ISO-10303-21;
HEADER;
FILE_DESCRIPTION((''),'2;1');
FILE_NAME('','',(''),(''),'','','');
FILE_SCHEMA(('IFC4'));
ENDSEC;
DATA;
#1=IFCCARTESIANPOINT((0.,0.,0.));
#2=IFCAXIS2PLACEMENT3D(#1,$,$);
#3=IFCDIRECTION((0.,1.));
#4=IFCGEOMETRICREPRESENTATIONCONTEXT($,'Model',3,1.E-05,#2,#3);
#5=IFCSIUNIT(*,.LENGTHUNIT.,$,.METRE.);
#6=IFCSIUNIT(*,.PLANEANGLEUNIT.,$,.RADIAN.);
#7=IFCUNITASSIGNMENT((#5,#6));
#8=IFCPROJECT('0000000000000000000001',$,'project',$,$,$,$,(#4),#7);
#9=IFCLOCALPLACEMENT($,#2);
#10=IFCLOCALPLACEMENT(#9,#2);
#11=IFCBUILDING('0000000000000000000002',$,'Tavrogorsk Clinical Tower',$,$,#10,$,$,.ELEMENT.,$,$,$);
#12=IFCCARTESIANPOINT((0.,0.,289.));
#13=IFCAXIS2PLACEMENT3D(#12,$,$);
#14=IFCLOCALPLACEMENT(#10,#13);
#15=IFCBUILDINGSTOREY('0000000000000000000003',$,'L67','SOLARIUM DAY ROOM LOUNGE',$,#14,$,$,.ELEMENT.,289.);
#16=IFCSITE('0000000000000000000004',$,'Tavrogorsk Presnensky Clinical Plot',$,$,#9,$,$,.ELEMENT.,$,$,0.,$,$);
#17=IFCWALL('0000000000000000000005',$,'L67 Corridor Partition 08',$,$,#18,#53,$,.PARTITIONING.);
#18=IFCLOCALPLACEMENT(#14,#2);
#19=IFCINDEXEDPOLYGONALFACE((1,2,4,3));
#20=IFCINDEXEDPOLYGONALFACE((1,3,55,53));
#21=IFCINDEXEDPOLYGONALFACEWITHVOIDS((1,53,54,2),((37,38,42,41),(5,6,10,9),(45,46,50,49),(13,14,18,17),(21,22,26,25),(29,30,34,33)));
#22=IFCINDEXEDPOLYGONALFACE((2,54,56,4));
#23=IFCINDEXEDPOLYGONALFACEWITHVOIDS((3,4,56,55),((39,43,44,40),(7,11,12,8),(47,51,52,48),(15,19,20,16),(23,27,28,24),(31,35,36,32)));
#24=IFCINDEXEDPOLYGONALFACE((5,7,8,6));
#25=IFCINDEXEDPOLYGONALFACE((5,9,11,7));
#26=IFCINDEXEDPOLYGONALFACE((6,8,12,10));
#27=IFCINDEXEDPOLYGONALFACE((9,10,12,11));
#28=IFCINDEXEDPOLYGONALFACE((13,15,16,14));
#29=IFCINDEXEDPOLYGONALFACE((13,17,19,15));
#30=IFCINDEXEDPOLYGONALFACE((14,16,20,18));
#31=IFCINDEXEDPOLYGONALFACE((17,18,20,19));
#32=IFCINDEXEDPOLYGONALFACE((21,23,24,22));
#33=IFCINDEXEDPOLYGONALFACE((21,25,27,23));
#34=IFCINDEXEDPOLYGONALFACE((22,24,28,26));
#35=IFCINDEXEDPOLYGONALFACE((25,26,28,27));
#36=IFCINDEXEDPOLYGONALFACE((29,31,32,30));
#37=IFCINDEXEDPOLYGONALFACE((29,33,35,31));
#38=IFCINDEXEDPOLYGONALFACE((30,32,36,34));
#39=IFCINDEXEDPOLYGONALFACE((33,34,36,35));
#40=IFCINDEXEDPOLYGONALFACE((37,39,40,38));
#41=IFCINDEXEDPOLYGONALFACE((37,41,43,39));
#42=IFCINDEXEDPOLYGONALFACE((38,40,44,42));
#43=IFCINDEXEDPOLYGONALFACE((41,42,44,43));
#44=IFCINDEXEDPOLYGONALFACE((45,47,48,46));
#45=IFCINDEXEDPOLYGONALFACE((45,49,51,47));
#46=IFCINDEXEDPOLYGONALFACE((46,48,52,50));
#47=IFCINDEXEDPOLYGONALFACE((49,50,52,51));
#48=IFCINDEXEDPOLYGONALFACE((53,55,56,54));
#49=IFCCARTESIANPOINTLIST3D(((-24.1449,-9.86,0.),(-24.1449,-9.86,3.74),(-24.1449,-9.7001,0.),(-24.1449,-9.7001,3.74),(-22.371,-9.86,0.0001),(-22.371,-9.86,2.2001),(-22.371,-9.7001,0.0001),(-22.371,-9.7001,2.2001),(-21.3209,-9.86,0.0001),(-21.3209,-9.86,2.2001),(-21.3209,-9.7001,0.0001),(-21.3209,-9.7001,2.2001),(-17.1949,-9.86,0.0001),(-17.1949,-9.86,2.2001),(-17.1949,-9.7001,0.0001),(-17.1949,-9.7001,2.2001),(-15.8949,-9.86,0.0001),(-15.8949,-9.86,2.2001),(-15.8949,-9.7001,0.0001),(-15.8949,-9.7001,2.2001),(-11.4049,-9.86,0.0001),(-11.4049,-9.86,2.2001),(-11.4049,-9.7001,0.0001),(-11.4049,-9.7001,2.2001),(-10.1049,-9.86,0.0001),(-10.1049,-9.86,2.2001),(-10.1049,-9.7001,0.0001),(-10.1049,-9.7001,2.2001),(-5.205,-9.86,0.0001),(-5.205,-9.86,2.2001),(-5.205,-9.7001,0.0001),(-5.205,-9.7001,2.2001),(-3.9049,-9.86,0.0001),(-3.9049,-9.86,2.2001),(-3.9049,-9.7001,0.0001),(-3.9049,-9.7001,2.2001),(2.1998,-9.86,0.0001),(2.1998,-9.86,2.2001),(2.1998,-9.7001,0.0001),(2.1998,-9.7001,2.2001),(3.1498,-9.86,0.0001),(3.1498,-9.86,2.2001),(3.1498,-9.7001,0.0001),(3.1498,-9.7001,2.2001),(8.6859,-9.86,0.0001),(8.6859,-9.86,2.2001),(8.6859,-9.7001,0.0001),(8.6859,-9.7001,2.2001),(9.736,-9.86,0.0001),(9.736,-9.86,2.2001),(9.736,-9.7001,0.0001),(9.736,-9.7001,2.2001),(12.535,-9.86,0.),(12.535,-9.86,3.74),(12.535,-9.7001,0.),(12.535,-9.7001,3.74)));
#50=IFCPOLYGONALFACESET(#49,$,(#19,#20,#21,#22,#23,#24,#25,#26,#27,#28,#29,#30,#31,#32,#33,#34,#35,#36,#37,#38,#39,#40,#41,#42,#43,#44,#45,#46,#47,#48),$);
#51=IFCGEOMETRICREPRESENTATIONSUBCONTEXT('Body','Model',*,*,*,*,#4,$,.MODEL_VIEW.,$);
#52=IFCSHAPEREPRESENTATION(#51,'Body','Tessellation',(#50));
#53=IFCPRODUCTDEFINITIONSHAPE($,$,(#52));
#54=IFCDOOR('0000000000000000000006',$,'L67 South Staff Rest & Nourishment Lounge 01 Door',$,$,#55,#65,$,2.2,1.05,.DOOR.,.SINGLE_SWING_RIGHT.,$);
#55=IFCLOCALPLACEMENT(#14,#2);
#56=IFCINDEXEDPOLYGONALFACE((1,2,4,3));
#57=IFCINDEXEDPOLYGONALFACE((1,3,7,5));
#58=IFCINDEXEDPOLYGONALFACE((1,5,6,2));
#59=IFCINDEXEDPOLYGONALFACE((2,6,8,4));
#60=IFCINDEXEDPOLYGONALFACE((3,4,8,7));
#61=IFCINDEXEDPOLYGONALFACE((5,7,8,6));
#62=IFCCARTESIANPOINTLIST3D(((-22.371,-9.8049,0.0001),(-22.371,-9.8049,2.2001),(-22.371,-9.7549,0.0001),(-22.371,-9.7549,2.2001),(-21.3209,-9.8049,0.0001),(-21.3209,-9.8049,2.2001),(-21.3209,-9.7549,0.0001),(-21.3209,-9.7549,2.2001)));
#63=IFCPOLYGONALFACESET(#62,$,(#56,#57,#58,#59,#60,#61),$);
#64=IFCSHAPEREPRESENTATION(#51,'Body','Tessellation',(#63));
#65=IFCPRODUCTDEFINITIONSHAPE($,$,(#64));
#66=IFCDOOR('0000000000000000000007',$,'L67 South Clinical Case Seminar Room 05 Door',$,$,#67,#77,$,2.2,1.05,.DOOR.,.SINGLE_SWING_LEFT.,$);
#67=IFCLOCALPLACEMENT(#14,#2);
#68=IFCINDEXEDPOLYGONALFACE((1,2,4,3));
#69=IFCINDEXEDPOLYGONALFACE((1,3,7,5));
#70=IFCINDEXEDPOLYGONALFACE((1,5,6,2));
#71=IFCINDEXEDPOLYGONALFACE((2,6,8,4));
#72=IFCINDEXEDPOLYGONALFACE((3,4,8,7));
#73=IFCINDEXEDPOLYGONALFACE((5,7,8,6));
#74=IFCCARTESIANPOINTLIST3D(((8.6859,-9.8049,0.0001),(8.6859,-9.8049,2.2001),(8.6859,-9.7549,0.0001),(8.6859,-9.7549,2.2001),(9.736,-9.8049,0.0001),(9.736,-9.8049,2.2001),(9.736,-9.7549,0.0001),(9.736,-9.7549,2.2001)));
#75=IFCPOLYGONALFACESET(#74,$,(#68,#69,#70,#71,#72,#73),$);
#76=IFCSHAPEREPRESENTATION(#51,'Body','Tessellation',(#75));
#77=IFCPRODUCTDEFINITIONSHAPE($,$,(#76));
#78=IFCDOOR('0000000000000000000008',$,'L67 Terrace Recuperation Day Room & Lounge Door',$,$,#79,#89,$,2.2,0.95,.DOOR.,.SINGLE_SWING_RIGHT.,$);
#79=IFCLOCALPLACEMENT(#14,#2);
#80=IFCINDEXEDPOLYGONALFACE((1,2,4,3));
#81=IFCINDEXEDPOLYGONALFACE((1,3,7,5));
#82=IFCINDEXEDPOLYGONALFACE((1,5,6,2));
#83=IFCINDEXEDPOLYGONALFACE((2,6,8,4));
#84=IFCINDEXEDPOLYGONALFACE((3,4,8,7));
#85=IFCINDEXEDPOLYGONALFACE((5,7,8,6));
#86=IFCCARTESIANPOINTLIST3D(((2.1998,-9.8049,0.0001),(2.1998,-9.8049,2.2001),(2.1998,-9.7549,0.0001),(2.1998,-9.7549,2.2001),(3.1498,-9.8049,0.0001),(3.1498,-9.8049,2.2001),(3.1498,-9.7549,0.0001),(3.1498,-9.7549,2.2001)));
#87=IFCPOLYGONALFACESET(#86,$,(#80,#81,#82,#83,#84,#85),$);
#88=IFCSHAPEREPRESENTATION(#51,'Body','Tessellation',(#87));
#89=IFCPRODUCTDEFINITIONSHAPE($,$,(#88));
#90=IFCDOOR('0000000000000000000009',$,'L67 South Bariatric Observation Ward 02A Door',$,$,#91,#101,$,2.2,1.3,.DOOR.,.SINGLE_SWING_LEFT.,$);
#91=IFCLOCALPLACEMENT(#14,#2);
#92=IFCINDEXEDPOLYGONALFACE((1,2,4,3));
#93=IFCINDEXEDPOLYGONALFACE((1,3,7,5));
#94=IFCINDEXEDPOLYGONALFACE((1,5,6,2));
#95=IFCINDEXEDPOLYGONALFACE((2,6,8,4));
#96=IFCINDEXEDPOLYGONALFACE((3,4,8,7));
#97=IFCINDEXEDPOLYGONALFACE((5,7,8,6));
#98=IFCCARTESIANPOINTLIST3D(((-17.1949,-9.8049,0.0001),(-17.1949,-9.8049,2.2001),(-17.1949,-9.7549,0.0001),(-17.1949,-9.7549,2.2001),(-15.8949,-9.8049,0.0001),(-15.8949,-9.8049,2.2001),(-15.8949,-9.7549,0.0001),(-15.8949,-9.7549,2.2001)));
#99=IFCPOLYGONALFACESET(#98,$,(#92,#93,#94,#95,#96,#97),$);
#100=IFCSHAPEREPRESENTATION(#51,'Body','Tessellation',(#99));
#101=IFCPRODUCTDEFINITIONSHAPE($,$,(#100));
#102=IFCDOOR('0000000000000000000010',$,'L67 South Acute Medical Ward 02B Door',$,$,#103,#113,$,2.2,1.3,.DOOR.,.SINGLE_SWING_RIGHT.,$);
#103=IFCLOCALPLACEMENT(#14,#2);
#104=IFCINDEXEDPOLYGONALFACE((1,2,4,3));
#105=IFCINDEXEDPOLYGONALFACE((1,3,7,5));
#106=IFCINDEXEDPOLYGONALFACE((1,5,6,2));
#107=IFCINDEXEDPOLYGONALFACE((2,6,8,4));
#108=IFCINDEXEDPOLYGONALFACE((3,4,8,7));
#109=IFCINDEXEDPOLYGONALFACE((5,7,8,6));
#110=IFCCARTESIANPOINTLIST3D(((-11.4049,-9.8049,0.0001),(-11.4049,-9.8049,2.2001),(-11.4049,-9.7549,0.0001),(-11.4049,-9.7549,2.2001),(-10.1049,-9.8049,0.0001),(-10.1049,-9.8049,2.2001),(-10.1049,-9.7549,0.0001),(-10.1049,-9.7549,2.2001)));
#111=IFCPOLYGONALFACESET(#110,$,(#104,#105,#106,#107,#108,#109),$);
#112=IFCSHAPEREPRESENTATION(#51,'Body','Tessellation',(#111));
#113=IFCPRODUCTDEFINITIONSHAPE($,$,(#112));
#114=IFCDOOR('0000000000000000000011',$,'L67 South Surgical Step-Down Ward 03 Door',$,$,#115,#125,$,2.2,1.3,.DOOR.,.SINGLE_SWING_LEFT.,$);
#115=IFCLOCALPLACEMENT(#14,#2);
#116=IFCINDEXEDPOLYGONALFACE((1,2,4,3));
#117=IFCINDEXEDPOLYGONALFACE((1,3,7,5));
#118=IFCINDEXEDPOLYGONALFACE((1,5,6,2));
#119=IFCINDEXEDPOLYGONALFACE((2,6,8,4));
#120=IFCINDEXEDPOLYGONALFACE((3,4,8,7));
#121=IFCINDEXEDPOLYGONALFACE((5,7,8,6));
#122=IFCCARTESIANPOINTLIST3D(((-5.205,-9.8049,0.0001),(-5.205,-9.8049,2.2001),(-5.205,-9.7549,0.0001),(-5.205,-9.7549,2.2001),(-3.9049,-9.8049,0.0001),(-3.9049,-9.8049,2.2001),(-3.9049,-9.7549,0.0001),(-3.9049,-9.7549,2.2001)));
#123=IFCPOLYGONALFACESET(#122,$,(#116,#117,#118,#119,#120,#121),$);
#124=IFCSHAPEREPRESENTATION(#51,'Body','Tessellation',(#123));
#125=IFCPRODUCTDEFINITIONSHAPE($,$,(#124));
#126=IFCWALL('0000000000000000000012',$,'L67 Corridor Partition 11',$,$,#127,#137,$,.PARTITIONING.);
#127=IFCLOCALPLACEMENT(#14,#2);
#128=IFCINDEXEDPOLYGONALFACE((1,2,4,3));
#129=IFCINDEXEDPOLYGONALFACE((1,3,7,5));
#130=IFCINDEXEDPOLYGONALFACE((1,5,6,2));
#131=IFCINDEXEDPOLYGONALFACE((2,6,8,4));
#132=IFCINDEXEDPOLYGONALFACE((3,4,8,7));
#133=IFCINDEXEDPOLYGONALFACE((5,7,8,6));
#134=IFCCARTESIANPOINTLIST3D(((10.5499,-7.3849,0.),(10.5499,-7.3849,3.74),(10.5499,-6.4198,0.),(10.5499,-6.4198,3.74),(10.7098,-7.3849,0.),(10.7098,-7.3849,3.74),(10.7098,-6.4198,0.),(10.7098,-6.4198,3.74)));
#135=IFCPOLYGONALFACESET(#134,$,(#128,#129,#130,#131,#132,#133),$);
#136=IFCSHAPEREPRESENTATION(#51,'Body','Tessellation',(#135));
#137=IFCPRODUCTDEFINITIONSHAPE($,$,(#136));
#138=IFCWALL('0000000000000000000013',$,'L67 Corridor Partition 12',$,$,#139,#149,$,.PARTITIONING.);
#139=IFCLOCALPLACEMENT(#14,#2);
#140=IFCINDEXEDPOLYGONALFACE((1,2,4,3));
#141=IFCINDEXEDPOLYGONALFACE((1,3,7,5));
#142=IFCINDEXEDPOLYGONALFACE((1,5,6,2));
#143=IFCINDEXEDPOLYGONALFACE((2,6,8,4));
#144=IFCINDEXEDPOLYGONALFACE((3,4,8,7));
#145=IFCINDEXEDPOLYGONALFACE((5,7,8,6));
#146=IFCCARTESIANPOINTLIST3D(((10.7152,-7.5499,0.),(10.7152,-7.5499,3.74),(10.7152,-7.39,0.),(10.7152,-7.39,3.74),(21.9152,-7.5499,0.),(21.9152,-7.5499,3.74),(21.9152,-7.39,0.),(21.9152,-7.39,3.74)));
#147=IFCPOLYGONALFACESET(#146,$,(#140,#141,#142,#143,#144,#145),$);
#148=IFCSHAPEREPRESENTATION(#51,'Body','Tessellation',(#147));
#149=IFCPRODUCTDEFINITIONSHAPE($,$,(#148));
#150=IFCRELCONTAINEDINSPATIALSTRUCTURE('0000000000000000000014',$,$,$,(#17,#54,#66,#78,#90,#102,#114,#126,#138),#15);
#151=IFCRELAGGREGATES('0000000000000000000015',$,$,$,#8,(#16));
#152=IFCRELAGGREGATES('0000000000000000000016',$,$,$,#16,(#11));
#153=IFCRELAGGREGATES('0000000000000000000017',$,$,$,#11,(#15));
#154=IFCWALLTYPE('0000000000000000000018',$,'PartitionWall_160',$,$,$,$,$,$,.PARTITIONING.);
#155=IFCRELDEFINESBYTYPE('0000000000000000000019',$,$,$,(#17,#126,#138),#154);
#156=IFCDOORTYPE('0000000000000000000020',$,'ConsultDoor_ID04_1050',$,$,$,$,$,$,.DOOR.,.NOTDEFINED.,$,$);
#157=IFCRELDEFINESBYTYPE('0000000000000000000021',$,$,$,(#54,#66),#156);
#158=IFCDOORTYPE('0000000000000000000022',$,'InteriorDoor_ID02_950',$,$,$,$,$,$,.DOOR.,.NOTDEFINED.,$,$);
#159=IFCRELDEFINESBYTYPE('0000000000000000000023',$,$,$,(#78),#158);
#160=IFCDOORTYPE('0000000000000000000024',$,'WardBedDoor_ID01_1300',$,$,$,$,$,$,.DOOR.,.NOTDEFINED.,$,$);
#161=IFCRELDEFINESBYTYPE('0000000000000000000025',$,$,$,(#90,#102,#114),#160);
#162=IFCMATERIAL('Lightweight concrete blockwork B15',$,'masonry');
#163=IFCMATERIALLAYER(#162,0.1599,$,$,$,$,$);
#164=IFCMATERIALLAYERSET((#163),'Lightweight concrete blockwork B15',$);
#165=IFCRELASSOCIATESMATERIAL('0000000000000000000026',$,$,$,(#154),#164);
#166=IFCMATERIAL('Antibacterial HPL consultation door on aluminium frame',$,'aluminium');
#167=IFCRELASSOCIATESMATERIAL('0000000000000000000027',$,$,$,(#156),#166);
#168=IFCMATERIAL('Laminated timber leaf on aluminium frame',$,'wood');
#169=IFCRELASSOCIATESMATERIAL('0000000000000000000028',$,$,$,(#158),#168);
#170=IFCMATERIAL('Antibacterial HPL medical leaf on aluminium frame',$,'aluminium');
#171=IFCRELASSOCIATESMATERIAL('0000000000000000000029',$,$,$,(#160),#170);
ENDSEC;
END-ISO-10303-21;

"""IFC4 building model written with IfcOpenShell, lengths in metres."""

from ifc_helpers import new_model, si_unit, direction, frame, frame_2d, origin, place, context, subcontext, project, spatial, rectangle, extrude, material, layer, layer_set, type_object, element, fill, save


model = new_model("IFC4")

# Units and contexts
model_context = context("Model", 3, precision=1e-05, world=origin(), true_north=direction((0.0, 1.0)))
body_context = subcontext(model_context, "Body", "Model", "MODEL_VIEW")
ifc_project = project(units=[si_unit("LENGTHUNIT", "METRE"), si_unit("PLANEANGLEUNIT", "RADIAN")], contexts=[model_context])

# Site, building, storey
site_placement = place(None, origin())
site = spatial("IfcSite", under=ifc_project, at=site_placement, Name="Tavrogorsk Presnensky Clinical Plot", CompositionType="ELEMENT", RefElevation=0.0)
building_placement = place(site_placement, origin())
building = spatial("IfcBuilding", under=site, at=building_placement, Name="Tavrogorsk Clinical Tower", CompositionType="ELEMENT")
storey_placement = place(building_placement, frame((0.0, 0.0, 289.0)))
storey = spatial("IfcBuildingStorey", under=building, at=storey_placement, Name="L67", Description="SOLARIUM DAY ROOM LOUNGE", CompositionType="ELEMENT", Elevation=289.0)

# Shared definitions
ifc_material_1 = material(Name="Lightweight concrete blockwork B15", Category="masonry")
ifc_layer_1 = layer(ifc_material_1, 0.1599)
ifc_layer_set_1 = layer_set([ifc_layer_1], Name="Lightweight concrete blockwork B15")
wall_type_1 = type_object("IfcWallType", Name="PartitionWall_160", PredefinedType="PARTITIONING", material=ifc_layer_set_1)

# Wall, openings, doors
wall_1_placement = place(storey_placement, frame((12.5349, -9.78, 0.0), z_axis=(0.0, 0.0, 1.0), x_axis=(-1.0, 0.0, 0.0)))
wall_1 = element("IfcWall", 1, at=wall_1_placement, inside=storey, type_object=wall_type_1, Name="L67 Corridor Partition 08", PredefinedType="PARTITIONING", context=body_context, shape_type="SweptSolid", body=[
    extrude(rectangle(XDim=36.6799, YDim=0.1599, at=frame_2d((18.3398, 0.0))), origin(), (0.0, 0.0, 1.0), 3.74),
])
opening_1_placement = place(wall_1_placement, frame((33.856, 0.0, 0.0)))
opening_1 = element("IfcOpeningElement", 2, at=opening_1_placement, cuts=wall_1, PredefinedType="OPENING", context=body_context, shape_type="SweptSolid", body=[
    extrude(rectangle(XDim=1.05, YDim=2.2, at=frame_2d((0.5249, 1.1001))), frame((0.0, 0.0898, 0.0), z_axis=(0.0, -1.0, 0.0), x_axis=(1.0, 0.0, 0.0)), (0.0, 0.0, 1.0), 0.1799),
])
opening_2_placement = place(wall_1_placement, frame((28.4299, 0.0, 0.0)))
opening_2 = element("IfcOpeningElement", 3, at=opening_2_placement, cuts=wall_1, PredefinedType="OPENING", context=body_context, shape_type="SweptSolid", body=[
    extrude(rectangle(XDim=1.3, YDim=2.2, at=frame_2d((0.6499, 1.1001))), frame((0.0, 0.0898, 0.0), z_axis=(0.0, -1.0, 0.0), x_axis=(1.0, 0.0, 0.0)), (0.0, 0.0, 1.0), 0.1799),
])
opening_3_placement = place(wall_1_placement, frame((22.6399, 0.0, 0.0)))
opening_3 = element("IfcOpeningElement", 4, at=opening_3_placement, cuts=wall_1, PredefinedType="OPENING", context=body_context, shape_type="SweptSolid", body=[
    extrude(rectangle(XDim=1.3, YDim=2.2, at=frame_2d((0.6499, 1.1001))), frame((0.0, 0.0898, 0.0), z_axis=(0.0, -1.0, 0.0), x_axis=(1.0, 0.0, 0.0)), (0.0, 0.0, 1.0), 0.1799),
])
opening_4_placement = place(wall_1_placement, frame((16.4399, 0.0, 0.0)))
opening_4 = element("IfcOpeningElement", 5, at=opening_4_placement, cuts=wall_1, PredefinedType="OPENING", context=body_context, shape_type="SweptSolid", body=[
    extrude(rectangle(XDim=1.3, YDim=2.2, at=frame_2d((0.6499, 1.1001))), frame((0.0, 0.0898, 0.0), z_axis=(0.0, -1.0, 0.0), x_axis=(1.0, 0.0, 0.0)), (0.0, 0.0, 1.0), 0.1799),
])
opening_5_placement = place(wall_1_placement, frame((9.385, 0.0, 0.0)))
opening_5 = element("IfcOpeningElement", 6, at=opening_5_placement, cuts=wall_1, PredefinedType="OPENING", context=body_context, shape_type="SweptSolid", body=[
    extrude(rectangle(XDim=0.95, YDim=2.2, at=frame_2d((0.4751, 1.1001))), frame((0.0, 0.0898, 0.0), z_axis=(0.0, -1.0, 0.0), x_axis=(1.0, 0.0, 0.0)), (0.0, 0.0, 1.0), 0.1799),
])
opening_6_placement = place(wall_1_placement, frame((2.7991, 0.0, 0.0)))
opening_6 = element("IfcOpeningElement", 7, at=opening_6_placement, cuts=wall_1, PredefinedType="OPENING", context=body_context, shape_type="SweptSolid", body=[
    extrude(rectangle(XDim=1.05, YDim=2.2, at=frame_2d((0.5249, 1.1001))), frame((0.0, 0.0898, 0.0), z_axis=(0.0, -1.0, 0.0), x_axis=(1.0, 0.0, 0.0)), (0.0, 0.0, 1.0), 0.1799),
])
ifc_material_2 = material(Name="Antibacterial HPL consultation door on aluminium frame", Category="aluminium")
door_type_1 = type_object("IfcDoorType", Name="ConsultDoor_ID04_1050", OperationType="NOTDEFINED", PredefinedType="DOOR", material=ifc_material_2)
door_1_placement = place(opening_1_placement, origin())
door_1 = element("IfcDoor", 8, at=door_1_placement, inside=storey, type_object=door_type_1, Name="L67 South Staff Rest & Nourishment Lounge 01 Door", OperationType="SINGLE_SWING_RIGHT", OverallHeight=2.2, OverallWidth=1.05, PredefinedType="DOOR", context=body_context, shape_type="SweptSolid", body=[
    extrude(rectangle(XDim=1.05, YDim=2.2, at=frame_2d((0.5249, 1.1001))), frame((0.0, 0.0249, 0.0), z_axis=(0.0, -1.0, 0.0), x_axis=(1.0, 0.0, 0.0)), (0.0, 0.0, 1.0), 0.05),
])
fill(opening_1, door_1)
door_2_placement = place(opening_6_placement, origin())
door_2 = element("IfcDoor", 9, at=door_2_placement, inside=storey, type_object=door_type_1, Name="L67 South Clinical Case Seminar Room 05 Door", OperationType="SINGLE_SWING_LEFT", OverallHeight=2.2, OverallWidth=1.05, PredefinedType="DOOR", context=body_context, shape_type="SweptSolid", body=[
    extrude(rectangle(XDim=1.05, YDim=2.2, at=frame_2d((0.5249, 1.1001))), frame((0.0, 0.0249, 0.0), z_axis=(0.0, -1.0, 0.0), x_axis=(1.0, 0.0, 0.0)), (0.0, 0.0, 1.0), 0.05),
])
fill(opening_6, door_2)
ifc_material_3 = material(Name="Laminated timber leaf on aluminium frame", Category="wood")
door_type_2 = type_object("IfcDoorType", Name="InteriorDoor_ID02_950", OperationType="NOTDEFINED", PredefinedType="DOOR", material=ifc_material_3)
door_3_placement = place(opening_5_placement, origin())
door_3 = element("IfcDoor", 10, at=door_3_placement, inside=storey, type_object=door_type_2, Name="L67 Terrace Recuperation Day Room & Lounge Door", OperationType="SINGLE_SWING_RIGHT", OverallHeight=2.2, OverallWidth=0.95, PredefinedType="DOOR", context=body_context, shape_type="SweptSolid", body=[
    extrude(rectangle(XDim=0.95, YDim=2.2, at=frame_2d((0.4751, 1.1001))), frame((0.0, 0.0249, 0.0), z_axis=(0.0, -1.0, 0.0), x_axis=(1.0, 0.0, 0.0)), (0.0, 0.0, 1.0), 0.05),
])
fill(opening_5, door_3)
ifc_material_4 = material(Name="Antibacterial HPL medical leaf on aluminium frame", Category="aluminium")
door_type_3 = type_object("IfcDoorType", Name="WardBedDoor_ID01_1300", OperationType="NOTDEFINED", PredefinedType="DOOR", material=ifc_material_4)
door_4_placement = place(opening_2_placement, origin())
door_4 = element("IfcDoor", 11, at=door_4_placement, inside=storey, type_object=door_type_3, Name="L67 South Bariatric Observation Ward 02A Door", OperationType="SINGLE_SWING_LEFT", OverallHeight=2.2, OverallWidth=1.3, PredefinedType="DOOR", context=body_context, shape_type="SweptSolid", body=[
    extrude(rectangle(XDim=1.3, YDim=2.2, at=frame_2d((0.6499, 1.1001))), frame((0.0, 0.0249, 0.0), z_axis=(0.0, -1.0, 0.0), x_axis=(1.0, 0.0, 0.0)), (0.0, 0.0, 1.0), 0.05),
])
fill(opening_2, door_4)
door_5_placement = place(opening_3_placement, origin())
door_5 = element("IfcDoor", 12, at=door_5_placement, inside=storey, type_object=door_type_3, Name="L67 South Acute Medical Ward 02B Door", OperationType="SINGLE_SWING_RIGHT", OverallHeight=2.2, OverallWidth=1.3, PredefinedType="DOOR", context=body_context, shape_type="SweptSolid", body=[
    extrude(rectangle(XDim=1.3, YDim=2.2, at=frame_2d((0.6499, 1.1001))), frame((0.0, 0.0249, 0.0), z_axis=(0.0, -1.0, 0.0), x_axis=(1.0, 0.0, 0.0)), (0.0, 0.0, 1.0), 0.05),
])
fill(opening_3, door_5)
door_6_placement = place(opening_4_placement, origin())
door_6 = element("IfcDoor", 13, at=door_6_placement, inside=storey, type_object=door_type_3, Name="L67 South Surgical Step-Down Ward 03 Door", OperationType="SINGLE_SWING_LEFT", OverallHeight=2.2, OverallWidth=1.3, PredefinedType="DOOR", context=body_context, shape_type="SweptSolid", body=[
    extrude(rectangle(XDim=1.3, YDim=2.2, at=frame_2d((0.6499, 1.1001))), frame((0.0, 0.0249, 0.0), z_axis=(0.0, -1.0, 0.0), x_axis=(1.0, 0.0, 0.0)), (0.0, 0.0, 1.0), 0.05),
])
fill(opening_4, door_6)

# Walls
wall_2_placement = place(storey_placement, frame((10.6299, -6.4199, 0.0), z_axis=(0.0, 0.0, 1.0), x_axis=(0.0, -1.0, 0.0)))
element("IfcWall", 14, at=wall_2_placement, inside=storey, type_object=wall_type_1, Name="L67 Corridor Partition 11", PredefinedType="PARTITIONING", context=body_context, shape_type="SweptSolid", body=[
    extrude(rectangle(XDim=0.9651, YDim=0.1599, at=frame_2d((0.4824, 0.0))), origin(), (0.0, 0.0, 1.0), 3.74),
])
wall_3_placement = place(storey_placement, frame((10.7151, -7.47, 0.0), z_axis=(0.0, 0.0, 1.0), x_axis=(1.0, 0.0, 0.0)))
element("IfcWall", 15, at=wall_3_placement, inside=storey, type_object=wall_type_1, Name="L67 Corridor Partition 12", PredefinedType="PARTITIONING", context=body_context, shape_type="SweptSolid", body=[
    extrude(rectangle(XDim=11.2, YDim=0.1599, at=frame_2d((5.6001, 0.0))), origin(), (0.0, 0.0, 1.0), 3.74),
])

save(model, "model.ifc")
